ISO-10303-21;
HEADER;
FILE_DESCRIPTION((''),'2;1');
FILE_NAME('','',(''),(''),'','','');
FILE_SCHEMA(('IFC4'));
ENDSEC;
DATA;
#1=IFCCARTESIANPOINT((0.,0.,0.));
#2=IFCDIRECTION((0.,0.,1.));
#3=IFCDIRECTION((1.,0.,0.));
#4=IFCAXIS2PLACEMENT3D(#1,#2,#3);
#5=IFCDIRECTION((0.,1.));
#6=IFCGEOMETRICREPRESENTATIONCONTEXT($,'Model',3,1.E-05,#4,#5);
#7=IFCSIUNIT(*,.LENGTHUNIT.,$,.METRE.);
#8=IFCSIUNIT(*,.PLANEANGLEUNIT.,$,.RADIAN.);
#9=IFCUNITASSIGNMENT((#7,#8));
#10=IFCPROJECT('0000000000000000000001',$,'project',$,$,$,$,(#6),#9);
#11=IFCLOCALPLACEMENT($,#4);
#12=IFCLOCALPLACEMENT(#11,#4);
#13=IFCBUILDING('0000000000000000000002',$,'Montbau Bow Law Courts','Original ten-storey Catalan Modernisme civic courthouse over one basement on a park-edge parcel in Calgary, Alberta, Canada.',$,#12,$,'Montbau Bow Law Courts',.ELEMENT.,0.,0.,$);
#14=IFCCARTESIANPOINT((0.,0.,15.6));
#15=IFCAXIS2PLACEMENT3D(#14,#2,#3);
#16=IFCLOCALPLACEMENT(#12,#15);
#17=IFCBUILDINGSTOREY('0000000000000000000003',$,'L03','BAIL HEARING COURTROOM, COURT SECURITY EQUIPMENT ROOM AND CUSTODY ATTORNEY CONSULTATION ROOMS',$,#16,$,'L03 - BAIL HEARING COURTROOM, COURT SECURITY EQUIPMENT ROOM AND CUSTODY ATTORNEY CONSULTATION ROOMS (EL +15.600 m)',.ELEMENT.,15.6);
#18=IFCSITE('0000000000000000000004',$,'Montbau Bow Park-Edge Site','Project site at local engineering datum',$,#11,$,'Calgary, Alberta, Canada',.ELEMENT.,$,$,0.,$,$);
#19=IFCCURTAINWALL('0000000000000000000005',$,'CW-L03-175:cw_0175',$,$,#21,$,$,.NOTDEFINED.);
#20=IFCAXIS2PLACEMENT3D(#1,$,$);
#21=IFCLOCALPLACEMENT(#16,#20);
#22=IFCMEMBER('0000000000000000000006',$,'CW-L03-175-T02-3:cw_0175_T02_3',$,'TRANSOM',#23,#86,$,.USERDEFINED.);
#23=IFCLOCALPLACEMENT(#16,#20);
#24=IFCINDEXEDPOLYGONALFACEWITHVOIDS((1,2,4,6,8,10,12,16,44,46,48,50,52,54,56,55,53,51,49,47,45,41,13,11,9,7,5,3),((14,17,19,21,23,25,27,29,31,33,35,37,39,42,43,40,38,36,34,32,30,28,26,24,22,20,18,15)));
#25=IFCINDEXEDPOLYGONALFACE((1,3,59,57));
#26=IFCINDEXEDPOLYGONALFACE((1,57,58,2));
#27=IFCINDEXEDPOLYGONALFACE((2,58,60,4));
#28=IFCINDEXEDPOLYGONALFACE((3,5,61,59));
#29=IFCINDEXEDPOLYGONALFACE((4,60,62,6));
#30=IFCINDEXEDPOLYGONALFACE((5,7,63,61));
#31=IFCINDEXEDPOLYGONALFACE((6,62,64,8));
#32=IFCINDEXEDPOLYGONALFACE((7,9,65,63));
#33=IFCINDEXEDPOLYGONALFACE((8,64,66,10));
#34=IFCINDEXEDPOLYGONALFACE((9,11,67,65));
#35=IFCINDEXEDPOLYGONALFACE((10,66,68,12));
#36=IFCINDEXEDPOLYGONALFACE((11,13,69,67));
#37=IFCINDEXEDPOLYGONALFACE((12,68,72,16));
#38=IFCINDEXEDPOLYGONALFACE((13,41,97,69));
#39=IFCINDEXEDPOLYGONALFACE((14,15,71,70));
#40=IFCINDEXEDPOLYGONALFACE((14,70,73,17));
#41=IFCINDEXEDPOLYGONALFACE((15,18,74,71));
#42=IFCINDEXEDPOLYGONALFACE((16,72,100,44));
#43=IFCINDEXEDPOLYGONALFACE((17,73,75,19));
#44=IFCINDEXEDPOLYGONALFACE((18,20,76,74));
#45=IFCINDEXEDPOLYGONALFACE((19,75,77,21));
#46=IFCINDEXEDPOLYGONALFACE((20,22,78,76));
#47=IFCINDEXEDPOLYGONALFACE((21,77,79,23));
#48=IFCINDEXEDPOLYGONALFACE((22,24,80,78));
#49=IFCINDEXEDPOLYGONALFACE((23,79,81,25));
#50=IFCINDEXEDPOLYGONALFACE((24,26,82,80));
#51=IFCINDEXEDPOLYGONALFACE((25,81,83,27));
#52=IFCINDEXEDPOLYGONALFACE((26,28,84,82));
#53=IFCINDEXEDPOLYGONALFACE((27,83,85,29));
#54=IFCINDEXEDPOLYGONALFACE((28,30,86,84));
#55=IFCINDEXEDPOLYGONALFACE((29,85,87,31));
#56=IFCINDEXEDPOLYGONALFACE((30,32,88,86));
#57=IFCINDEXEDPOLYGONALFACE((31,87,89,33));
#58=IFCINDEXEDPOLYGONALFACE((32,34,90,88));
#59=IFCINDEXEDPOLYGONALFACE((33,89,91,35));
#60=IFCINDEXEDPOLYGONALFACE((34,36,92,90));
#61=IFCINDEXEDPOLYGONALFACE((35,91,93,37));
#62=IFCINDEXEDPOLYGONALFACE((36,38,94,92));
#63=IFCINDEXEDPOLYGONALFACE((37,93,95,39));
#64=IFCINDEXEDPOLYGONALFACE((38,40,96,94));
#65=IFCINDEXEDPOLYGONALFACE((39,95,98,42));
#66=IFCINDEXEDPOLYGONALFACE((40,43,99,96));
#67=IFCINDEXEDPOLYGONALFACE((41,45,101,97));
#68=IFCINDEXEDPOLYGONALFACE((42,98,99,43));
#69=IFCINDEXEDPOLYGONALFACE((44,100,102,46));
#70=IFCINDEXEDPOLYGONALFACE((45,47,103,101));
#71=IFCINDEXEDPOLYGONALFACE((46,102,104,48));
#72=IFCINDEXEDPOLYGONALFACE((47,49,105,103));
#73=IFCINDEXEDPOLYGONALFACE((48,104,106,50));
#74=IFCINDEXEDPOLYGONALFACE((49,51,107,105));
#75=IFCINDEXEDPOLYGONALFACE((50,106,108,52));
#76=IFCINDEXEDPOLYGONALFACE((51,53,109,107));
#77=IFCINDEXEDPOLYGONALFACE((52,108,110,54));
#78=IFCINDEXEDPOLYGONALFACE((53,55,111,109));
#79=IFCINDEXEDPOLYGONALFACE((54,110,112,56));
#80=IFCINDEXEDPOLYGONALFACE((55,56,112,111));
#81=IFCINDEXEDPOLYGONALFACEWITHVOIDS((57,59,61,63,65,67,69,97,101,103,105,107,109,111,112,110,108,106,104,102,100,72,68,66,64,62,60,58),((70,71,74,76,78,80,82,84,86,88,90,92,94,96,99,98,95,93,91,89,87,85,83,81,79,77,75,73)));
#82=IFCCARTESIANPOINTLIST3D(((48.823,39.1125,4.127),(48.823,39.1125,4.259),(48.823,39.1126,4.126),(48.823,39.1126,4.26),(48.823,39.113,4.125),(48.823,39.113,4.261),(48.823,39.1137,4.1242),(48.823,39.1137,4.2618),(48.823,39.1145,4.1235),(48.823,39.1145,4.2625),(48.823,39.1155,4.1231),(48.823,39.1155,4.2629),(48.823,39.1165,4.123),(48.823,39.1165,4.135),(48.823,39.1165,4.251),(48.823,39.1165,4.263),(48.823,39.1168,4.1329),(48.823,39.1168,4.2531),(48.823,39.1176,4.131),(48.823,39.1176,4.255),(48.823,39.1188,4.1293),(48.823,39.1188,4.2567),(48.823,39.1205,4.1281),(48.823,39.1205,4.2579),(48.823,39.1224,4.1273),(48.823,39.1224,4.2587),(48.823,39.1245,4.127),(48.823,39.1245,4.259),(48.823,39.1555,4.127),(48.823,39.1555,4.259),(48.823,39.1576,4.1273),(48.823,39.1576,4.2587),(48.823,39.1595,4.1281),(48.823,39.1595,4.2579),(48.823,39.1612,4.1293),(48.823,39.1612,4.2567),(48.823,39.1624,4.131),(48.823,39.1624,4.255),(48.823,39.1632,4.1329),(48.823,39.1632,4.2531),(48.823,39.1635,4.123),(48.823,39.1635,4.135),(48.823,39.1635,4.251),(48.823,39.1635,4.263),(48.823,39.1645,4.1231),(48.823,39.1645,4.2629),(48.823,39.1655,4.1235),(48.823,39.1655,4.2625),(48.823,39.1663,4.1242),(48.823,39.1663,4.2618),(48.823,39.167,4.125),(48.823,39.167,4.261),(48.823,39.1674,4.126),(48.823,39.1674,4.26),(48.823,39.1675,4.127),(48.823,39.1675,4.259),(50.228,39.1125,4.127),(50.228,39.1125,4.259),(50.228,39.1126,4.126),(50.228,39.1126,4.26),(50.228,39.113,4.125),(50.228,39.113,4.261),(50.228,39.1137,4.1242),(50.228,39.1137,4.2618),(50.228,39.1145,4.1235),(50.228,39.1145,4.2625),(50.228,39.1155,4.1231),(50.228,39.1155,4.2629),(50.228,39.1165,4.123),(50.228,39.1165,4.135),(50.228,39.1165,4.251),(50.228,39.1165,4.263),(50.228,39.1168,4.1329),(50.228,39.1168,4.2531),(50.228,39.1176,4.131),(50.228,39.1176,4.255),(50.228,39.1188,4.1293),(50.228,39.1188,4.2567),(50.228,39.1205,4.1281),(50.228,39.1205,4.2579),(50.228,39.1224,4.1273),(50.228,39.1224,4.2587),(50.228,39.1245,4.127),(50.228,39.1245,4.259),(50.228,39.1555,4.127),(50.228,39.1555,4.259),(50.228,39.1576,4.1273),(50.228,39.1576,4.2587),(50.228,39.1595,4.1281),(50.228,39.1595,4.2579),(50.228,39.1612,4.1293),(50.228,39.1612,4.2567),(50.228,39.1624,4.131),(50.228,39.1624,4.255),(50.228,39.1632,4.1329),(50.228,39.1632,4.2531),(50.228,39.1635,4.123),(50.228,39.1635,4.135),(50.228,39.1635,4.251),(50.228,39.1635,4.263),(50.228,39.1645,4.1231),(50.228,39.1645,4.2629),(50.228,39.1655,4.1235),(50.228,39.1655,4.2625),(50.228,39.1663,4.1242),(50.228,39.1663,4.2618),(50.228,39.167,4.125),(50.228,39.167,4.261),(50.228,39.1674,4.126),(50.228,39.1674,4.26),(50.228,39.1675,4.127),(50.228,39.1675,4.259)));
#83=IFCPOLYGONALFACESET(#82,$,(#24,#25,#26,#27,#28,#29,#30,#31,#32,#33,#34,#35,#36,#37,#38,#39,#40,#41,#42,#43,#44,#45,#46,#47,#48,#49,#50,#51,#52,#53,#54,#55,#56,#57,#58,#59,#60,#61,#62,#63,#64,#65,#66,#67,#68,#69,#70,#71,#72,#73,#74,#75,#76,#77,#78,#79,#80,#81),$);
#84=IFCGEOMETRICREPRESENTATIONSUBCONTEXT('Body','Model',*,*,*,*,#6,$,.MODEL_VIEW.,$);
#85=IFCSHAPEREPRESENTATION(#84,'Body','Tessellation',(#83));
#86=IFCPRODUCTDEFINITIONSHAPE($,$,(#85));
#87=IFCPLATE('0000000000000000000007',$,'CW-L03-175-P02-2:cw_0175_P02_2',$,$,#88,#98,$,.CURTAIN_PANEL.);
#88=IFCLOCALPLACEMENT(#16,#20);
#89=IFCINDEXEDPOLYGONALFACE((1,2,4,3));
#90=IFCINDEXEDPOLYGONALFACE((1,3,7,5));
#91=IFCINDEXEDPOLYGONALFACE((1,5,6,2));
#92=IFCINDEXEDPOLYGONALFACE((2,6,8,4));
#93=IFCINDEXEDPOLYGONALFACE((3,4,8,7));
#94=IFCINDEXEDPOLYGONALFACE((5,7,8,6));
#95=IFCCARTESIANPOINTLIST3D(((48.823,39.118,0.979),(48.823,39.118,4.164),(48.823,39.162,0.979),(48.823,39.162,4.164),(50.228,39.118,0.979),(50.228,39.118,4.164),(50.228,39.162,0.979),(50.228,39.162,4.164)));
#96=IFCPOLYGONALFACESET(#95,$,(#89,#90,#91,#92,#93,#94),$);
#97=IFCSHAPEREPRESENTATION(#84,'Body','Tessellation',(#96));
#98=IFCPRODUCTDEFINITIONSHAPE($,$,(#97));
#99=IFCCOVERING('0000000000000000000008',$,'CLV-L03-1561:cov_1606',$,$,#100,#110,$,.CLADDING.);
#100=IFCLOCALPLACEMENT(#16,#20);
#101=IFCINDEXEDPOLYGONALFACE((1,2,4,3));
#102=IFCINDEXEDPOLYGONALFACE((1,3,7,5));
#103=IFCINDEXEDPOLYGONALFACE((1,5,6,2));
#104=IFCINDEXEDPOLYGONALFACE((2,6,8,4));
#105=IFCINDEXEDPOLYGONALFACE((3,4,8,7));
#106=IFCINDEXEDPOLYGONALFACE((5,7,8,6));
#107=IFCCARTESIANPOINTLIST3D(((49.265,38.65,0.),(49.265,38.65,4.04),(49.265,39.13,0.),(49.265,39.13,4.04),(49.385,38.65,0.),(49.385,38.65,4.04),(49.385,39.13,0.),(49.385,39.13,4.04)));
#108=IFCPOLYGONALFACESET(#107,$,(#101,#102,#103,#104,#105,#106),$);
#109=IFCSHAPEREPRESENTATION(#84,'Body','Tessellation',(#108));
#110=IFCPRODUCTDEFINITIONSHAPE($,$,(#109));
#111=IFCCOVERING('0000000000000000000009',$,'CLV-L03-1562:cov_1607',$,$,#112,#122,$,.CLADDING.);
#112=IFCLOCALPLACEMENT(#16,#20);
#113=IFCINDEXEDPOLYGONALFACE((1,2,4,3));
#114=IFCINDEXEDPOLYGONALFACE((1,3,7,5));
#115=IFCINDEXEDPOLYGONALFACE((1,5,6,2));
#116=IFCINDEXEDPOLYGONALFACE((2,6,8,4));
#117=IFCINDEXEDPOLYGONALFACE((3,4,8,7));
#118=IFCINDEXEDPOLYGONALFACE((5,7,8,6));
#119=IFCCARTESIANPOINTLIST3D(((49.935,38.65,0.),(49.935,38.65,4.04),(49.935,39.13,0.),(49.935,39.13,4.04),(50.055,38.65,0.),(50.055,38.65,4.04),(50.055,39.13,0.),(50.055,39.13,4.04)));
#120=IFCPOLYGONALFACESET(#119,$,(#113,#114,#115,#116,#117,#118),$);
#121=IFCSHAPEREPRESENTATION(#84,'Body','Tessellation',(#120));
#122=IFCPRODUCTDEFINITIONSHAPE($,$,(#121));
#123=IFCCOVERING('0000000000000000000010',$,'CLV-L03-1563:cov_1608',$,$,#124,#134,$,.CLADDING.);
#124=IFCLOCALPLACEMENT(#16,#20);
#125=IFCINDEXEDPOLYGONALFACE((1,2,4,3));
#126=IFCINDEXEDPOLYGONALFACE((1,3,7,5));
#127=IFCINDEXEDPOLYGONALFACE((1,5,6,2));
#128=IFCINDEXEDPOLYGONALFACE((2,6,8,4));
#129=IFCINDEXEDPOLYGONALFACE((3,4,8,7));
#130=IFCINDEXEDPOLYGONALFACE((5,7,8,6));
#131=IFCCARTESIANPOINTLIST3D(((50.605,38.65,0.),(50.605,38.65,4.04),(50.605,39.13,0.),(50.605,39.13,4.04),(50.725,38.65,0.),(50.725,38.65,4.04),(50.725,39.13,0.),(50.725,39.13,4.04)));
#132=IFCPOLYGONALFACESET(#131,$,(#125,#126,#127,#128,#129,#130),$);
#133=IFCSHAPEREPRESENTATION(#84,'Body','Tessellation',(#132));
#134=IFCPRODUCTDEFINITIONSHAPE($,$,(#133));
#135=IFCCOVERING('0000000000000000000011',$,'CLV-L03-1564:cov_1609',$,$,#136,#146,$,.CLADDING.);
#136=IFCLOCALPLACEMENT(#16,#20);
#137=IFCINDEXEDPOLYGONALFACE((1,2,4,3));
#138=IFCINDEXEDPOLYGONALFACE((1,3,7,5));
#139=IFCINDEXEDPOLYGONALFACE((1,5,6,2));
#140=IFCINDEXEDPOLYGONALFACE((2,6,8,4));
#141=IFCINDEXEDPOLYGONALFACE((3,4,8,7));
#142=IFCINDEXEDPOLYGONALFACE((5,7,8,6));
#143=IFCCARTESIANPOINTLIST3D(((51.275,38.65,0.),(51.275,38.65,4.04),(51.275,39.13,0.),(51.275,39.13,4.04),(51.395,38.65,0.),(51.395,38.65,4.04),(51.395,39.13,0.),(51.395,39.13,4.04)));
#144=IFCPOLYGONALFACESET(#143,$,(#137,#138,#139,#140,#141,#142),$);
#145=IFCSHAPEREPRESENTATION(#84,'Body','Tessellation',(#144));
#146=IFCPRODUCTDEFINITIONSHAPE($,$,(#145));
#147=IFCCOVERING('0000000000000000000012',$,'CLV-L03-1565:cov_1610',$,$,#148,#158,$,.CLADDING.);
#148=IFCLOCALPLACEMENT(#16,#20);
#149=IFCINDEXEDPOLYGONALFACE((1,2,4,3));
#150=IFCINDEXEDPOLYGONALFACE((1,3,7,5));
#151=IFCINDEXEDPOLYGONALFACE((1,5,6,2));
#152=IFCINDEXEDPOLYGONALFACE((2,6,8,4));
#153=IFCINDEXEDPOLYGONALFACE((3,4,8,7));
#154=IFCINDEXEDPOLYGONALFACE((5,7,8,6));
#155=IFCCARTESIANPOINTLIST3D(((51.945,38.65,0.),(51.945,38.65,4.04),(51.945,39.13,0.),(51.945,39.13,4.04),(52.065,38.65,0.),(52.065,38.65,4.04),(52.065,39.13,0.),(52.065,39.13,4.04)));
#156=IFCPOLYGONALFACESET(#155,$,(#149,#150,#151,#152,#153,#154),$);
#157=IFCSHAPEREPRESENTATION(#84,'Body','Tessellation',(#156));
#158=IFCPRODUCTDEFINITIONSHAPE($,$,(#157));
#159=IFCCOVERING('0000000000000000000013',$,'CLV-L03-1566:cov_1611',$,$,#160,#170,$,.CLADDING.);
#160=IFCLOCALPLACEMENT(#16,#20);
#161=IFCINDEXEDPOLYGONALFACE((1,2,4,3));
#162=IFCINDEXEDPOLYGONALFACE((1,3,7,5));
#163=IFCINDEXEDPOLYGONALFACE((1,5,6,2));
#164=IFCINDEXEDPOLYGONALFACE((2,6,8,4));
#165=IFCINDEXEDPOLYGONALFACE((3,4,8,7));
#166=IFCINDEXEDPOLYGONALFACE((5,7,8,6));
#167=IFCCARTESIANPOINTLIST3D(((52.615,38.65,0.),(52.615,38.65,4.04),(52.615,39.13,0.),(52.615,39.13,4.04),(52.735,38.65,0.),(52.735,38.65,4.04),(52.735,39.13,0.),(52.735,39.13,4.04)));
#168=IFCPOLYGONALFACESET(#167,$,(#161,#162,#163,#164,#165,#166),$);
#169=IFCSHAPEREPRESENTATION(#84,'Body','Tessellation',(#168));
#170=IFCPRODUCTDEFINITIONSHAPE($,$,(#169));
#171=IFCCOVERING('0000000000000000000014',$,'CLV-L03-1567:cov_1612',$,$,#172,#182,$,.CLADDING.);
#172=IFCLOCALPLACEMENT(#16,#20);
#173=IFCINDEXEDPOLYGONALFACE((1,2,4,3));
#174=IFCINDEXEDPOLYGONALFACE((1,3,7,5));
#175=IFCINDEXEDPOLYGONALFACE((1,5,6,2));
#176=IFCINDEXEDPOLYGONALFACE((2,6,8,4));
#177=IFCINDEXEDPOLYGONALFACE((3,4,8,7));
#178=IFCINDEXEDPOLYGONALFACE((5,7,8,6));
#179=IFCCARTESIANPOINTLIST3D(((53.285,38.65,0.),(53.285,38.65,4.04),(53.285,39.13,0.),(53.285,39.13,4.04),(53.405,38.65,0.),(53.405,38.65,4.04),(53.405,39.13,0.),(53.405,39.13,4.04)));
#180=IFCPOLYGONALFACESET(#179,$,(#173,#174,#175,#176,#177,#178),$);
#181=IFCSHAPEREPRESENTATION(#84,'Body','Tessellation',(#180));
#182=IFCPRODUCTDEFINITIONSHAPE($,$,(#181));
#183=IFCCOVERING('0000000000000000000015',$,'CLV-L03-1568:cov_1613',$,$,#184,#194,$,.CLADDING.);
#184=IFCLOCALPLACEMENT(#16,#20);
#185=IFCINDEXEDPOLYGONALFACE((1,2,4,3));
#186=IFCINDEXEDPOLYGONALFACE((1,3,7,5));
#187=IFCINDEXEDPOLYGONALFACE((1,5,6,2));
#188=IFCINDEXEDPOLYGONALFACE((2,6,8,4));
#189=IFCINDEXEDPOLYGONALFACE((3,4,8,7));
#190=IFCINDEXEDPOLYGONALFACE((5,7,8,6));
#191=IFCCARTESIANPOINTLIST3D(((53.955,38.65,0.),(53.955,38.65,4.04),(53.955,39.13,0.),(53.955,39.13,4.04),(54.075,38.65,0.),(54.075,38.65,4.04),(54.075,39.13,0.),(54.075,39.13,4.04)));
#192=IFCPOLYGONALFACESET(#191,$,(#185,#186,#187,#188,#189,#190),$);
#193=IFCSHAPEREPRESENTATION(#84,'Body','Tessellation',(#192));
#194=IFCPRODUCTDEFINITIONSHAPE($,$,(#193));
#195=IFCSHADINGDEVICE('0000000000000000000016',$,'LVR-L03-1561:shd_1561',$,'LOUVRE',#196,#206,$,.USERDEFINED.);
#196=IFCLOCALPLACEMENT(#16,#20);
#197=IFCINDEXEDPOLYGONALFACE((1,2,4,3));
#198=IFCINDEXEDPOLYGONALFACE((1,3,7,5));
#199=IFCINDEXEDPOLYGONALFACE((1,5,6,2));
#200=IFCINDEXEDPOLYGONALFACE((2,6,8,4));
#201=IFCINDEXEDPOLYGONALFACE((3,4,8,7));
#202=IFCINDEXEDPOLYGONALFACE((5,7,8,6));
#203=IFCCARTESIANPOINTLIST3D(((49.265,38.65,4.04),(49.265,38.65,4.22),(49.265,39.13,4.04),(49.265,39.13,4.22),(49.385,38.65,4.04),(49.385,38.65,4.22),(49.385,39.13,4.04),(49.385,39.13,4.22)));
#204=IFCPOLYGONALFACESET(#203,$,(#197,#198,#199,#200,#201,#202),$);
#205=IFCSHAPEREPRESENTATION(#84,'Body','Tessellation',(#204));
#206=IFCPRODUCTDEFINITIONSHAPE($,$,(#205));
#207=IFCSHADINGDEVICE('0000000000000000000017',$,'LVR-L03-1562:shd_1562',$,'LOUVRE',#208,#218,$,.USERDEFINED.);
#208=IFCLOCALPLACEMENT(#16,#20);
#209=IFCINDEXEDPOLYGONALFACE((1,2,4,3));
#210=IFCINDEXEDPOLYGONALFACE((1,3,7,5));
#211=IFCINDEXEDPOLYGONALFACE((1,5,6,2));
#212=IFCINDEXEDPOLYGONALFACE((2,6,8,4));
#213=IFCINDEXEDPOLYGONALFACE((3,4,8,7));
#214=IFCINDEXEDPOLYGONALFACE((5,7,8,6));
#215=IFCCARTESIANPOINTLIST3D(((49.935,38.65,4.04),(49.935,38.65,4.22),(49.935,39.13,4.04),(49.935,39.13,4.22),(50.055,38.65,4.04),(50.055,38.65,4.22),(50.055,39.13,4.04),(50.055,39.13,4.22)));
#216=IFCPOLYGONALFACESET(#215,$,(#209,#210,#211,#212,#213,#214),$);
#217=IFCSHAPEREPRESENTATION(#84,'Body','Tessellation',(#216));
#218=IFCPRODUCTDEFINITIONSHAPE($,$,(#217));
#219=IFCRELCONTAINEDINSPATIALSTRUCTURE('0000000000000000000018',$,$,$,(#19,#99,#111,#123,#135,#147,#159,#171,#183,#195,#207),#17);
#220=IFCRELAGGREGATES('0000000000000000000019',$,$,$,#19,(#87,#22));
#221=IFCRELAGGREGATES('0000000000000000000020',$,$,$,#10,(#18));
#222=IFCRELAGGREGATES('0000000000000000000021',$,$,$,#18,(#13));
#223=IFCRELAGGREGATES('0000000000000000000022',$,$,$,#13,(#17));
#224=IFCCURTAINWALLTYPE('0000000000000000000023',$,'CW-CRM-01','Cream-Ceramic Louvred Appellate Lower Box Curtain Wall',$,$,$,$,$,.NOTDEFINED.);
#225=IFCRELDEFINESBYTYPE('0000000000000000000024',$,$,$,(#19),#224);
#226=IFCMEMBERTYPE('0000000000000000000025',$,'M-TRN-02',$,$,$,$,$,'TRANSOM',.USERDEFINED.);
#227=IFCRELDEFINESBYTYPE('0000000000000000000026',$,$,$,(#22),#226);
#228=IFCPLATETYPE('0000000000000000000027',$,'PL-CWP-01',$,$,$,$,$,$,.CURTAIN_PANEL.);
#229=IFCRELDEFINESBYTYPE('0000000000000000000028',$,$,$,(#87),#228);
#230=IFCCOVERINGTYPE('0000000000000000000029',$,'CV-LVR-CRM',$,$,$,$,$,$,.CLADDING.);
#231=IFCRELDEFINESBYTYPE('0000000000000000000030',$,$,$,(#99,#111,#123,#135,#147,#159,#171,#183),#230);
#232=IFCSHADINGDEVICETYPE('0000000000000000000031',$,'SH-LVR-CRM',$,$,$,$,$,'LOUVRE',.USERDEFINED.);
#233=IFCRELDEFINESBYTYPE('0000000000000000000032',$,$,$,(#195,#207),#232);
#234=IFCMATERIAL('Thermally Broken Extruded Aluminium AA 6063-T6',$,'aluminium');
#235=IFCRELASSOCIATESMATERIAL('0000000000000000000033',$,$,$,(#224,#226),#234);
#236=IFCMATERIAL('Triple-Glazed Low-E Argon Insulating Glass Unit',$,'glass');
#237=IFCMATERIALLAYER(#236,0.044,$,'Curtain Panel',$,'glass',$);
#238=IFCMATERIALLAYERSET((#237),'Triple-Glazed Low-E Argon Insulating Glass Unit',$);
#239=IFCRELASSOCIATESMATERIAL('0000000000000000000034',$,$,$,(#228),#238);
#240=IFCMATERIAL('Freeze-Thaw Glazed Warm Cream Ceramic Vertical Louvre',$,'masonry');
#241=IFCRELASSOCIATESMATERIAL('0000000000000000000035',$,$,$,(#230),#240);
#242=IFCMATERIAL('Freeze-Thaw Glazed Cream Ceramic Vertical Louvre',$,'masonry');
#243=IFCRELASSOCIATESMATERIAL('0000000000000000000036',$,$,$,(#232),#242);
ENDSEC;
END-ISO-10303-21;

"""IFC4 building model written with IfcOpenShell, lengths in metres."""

from ifc_helpers import new_model, si_unit, direction, frame, frame_2d, origin_with_axes, origin_2d_with_axis, place, context, subcontext, project, spatial, rectangle, hollow_rectangle, extrude, material, layer, layer_set, material_profile, profile_set, type_object, element, aggregate, save


model = new_model("IFC4")

# Units and contexts
model_context = context("Model", 3, precision=1e-05, world=origin_with_axes(), true_north=direction((0.0, 1.0)))
body_context = subcontext(model_context, "Body", "Model", "MODEL_VIEW")
ifc_project = project(units=[si_unit("LENGTHUNIT", "METRE"), si_unit("PLANEANGLEUNIT", "RADIAN")], contexts=[model_context])

# Site, building, storey
site_placement = place(None, origin_with_axes())
site = spatial("IfcSite", under=ifc_project, at=site_placement, Name="Montbau Bow Park-Edge Site", Description="Project site at local engineering datum", LongName="Calgary, Alberta, Canada", CompositionType="ELEMENT", RefElevation=0.0)
building_placement = place(site_placement, origin_with_axes())
building = spatial("IfcBuilding", under=site, at=building_placement, Name="Montbau Bow Law Courts", Description="Original ten-storey Catalan Modernisme civic courthouse over one basement on a park-edge parcel in Calgary, Alberta, Canada.", LongName="Montbau Bow Law Courts", CompositionType="ELEMENT", ElevationOfRefHeight=0.0, ElevationOfTerrain=0.0)
storey_placement = place(building_placement, frame((0.0, 0.0, 15.6), z_axis=(0.0, 0.0, 1.0), x_axis=(1.0, 0.0, 0.0)))
storey = spatial("IfcBuildingStorey", under=building, at=storey_placement, Name="L03", Description="BAIL HEARING COURTROOM, COURT SECURITY EQUIPMENT ROOM AND CUSTODY ATTORNEY CONSULTATION ROOMS", LongName="L03 - BAIL HEARING COURTROOM, COURT SECURITY EQUIPMENT ROOM AND CUSTODY ATTORNEY CONSULTATION ROOMS (EL +15.600 m)", CompositionType="ELEMENT", Elevation=15.6)

# Curtain wall, member, plate
ifc_material_1 = material(Name="Thermally Broken Extruded Aluminium AA 6063-T6", Category="aluminium")
curtain_wall_type = type_object("IfcCurtainWallType", Name="CW-CRM-01", Description="Cream-Ceramic Louvred Appellate Lower Box Curtain Wall", PredefinedType="NOTDEFINED", material=ifc_material_1)
curtain_wall_placement = place(None, frame((47.315, 39.14, 15.6), z_axis=(0.0, 0.0, 1.0), x_axis=(1.0, 0.0, 0.0)))
curtain_wall = element("IfcCurtainWall", 1, at=curtain_wall_placement, inside=storey, type_object=curtain_wall_type, Name="CW-L03-175:cw_0175", PredefinedType="NOTDEFINED")
ifc_material_profile_1 = material_profile(ifc_material_1, hollow_rectangle(XDim=0.055, YDim=0.14, WallThickness=0.004, InnerFilletRadius=0.008, OuterFilletRadius=0.004, at=origin_2d_with_axis()), Name="CWT-140X55", Category="Main", Priority=0)
ifc_profile_set_1 = profile_set([ifc_material_profile_1], Name="Thermally Broken Extruded Aluminium AA 6063-T6")
member_type = type_object("IfcMemberType", Name="M-TRN-02", ElementType="TRANSOM", PredefinedType="USERDEFINED", material=ifc_profile_set_1)
member_1_placement = place(None, frame((48.823, 39.14, 19.793), z_axis=(1.0, 0.0, 0.0), x_axis=(0.0, 1.0, 0.0)))
member_1 = element("IfcMember", 2, at=member_1_placement, type_object=member_type, Name="CW-L03-175-T02-3:cw_0175_T02_3", ObjectType="TRANSOM", PredefinedType="USERDEFINED", context=body_context, shape_type="SweptSolid", body=[
    extrude(hollow_rectangle(XDim=0.055, YDim=0.14, WallThickness=0.004, InnerFilletRadius=0.008, OuterFilletRadius=0.004, at=origin_2d_with_axis()), origin_with_axes(), (0.0, 0.0, 1.0), 1.405),
])
ifc_material_2 = material(Name="Triple-Glazed Low-E Argon Insulating Glass Unit", Category="glass")
ifc_layer = layer(ifc_material_2, 0.044, Name="Curtain Panel", Category="glass")
ifc_layer_set = layer_set([ifc_layer], Name="Triple-Glazed Low-E Argon Insulating Glass Unit")
plate_type = type_object("IfcPlateType", Name="PL-CWP-01", PredefinedType="CURTAIN_PANEL", material=ifc_layer_set)
plate_placement = place(None, frame((48.823, 39.14, 16.579), z_axis=(0.0, -1.0, 0.0), x_axis=(1.0, 0.0, 0.0)))
plate = element("IfcPlate", 3, at=plate_placement, type_object=plate_type, Name="CW-L03-175-P02-2:cw_0175_P02_2", PredefinedType="CURTAIN_PANEL", context=body_context, shape_type="SweptSolid", body=[
    extrude(rectangle(XDim=1.405, YDim=3.185, at=frame_2d((0.7025, 1.5925), x_axis=(1.0, 0.0))), frame((0.0, 0.0, -0.022), z_axis=(0.0, 0.0, 1.0), x_axis=(1.0, 0.0, 0.0)), (0.0, 0.0, 1.0), 0.044),
])
aggregate(curtain_wall, [plate, member_1])

# Coverings
ifc_material_3 = material(Name="Freeze-Thaw Glazed Warm Cream Ceramic Vertical Louvre", Category="masonry")
covering_type = type_object("IfcCoveringType", Name="CV-LVR-CRM", PredefinedType="CLADDING", material=ifc_material_3)
for number, where, z_axis, x_axis, name in (
    (4, (49.325, 39.13, 15.6), (-1.0, 0.0, 0.0), (0.0, -1.0, 0.0), "CLV-L03-1561:cov_1606"),
    (5, (49.995, 39.13, 15.6), (-1.0, 0.0, 0.0), (0.0, -1.0, 0.0), "CLV-L03-1562:cov_1607"),
    (6, (50.665, 39.13, 15.6), (-1.0, 0.0, 0.0), (0.0, -1.0, 0.0), "CLV-L03-1563:cov_1608"),
    (7, (51.335, 39.13, 15.6), (-1.0, 0.0, 0.0), (0.0, -1.0, 0.0), "CLV-L03-1564:cov_1609"),
    (8, (52.005, 39.13, 15.6), (-1.0, 0.0, 0.0), (0.0, -1.0, 0.0), "CLV-L03-1565:cov_1610"),
    (9, (52.675, 39.13, 15.6), (-1.0, 0.0, 0.0), (0.0, -1.0, 0.0), "CLV-L03-1566:cov_1611"),
    (10, (53.345, 39.13, 15.6), (-1.0, 0.0, 0.0), (0.0, -1.0, 0.0), "CLV-L03-1567:cov_1612"),
    (11, (54.015, 39.13, 15.6), (-1.0, 0.0, 0.0), (0.0, -1.0, 0.0), "CLV-L03-1568:cov_1613"),
):
    element("IfcCovering", number, at=place(None, frame(where, z_axis=z_axis, x_axis=x_axis)), inside=storey, type_object=covering_type, Name=name, PredefinedType="CLADDING", context=body_context, shape_type="SweptSolid", body=[
        extrude(rectangle(XDim=0.48, YDim=4.04, at=frame_2d((0.24, 2.02), x_axis=(1.0, 0.0))), frame((0.0, 0.0, -0.06), z_axis=(0.0, 0.0, 1.0), x_axis=(1.0, 0.0, 0.0)), (0.0, 0.0, 1.0), 0.12),
    ])

# Shading devices
ifc_material_4 = material(Name="Freeze-Thaw Glazed Cream Ceramic Vertical Louvre", Category="masonry")
shading_device_type = type_object("IfcShadingDeviceType", Name="SH-LVR-CRM", ElementType="LOUVRE", PredefinedType="USERDEFINED", material=ifc_material_4)
for number, where, z_axis, x_axis, name in (
    (12, (49.325, 38.89, 19.64), (0.0, 0.0, 1.0), (0.0, -1.0, 0.0), "LVR-L03-1561:shd_1561"),
    (13, (49.995, 38.89, 19.64), (0.0, 0.0, 1.0), (0.0, -1.0, 0.0), "LVR-L03-1562:shd_1562"),
):
    element("IfcShadingDevice", number, at=place(None, frame(where, z_axis=z_axis, x_axis=x_axis)), inside=storey, type_object=shading_device_type, Name=name, ObjectType="LOUVRE", PredefinedType="USERDEFINED", context=body_context, shape_type="SweptSolid", body=[
        extrude(rectangle(XDim=0.48, YDim=0.12, at=origin_2d_with_axis()), origin_with_axes(), (0.0, 0.0, 1.0), 0.18),
    ])

save(model, "model.ifc")
